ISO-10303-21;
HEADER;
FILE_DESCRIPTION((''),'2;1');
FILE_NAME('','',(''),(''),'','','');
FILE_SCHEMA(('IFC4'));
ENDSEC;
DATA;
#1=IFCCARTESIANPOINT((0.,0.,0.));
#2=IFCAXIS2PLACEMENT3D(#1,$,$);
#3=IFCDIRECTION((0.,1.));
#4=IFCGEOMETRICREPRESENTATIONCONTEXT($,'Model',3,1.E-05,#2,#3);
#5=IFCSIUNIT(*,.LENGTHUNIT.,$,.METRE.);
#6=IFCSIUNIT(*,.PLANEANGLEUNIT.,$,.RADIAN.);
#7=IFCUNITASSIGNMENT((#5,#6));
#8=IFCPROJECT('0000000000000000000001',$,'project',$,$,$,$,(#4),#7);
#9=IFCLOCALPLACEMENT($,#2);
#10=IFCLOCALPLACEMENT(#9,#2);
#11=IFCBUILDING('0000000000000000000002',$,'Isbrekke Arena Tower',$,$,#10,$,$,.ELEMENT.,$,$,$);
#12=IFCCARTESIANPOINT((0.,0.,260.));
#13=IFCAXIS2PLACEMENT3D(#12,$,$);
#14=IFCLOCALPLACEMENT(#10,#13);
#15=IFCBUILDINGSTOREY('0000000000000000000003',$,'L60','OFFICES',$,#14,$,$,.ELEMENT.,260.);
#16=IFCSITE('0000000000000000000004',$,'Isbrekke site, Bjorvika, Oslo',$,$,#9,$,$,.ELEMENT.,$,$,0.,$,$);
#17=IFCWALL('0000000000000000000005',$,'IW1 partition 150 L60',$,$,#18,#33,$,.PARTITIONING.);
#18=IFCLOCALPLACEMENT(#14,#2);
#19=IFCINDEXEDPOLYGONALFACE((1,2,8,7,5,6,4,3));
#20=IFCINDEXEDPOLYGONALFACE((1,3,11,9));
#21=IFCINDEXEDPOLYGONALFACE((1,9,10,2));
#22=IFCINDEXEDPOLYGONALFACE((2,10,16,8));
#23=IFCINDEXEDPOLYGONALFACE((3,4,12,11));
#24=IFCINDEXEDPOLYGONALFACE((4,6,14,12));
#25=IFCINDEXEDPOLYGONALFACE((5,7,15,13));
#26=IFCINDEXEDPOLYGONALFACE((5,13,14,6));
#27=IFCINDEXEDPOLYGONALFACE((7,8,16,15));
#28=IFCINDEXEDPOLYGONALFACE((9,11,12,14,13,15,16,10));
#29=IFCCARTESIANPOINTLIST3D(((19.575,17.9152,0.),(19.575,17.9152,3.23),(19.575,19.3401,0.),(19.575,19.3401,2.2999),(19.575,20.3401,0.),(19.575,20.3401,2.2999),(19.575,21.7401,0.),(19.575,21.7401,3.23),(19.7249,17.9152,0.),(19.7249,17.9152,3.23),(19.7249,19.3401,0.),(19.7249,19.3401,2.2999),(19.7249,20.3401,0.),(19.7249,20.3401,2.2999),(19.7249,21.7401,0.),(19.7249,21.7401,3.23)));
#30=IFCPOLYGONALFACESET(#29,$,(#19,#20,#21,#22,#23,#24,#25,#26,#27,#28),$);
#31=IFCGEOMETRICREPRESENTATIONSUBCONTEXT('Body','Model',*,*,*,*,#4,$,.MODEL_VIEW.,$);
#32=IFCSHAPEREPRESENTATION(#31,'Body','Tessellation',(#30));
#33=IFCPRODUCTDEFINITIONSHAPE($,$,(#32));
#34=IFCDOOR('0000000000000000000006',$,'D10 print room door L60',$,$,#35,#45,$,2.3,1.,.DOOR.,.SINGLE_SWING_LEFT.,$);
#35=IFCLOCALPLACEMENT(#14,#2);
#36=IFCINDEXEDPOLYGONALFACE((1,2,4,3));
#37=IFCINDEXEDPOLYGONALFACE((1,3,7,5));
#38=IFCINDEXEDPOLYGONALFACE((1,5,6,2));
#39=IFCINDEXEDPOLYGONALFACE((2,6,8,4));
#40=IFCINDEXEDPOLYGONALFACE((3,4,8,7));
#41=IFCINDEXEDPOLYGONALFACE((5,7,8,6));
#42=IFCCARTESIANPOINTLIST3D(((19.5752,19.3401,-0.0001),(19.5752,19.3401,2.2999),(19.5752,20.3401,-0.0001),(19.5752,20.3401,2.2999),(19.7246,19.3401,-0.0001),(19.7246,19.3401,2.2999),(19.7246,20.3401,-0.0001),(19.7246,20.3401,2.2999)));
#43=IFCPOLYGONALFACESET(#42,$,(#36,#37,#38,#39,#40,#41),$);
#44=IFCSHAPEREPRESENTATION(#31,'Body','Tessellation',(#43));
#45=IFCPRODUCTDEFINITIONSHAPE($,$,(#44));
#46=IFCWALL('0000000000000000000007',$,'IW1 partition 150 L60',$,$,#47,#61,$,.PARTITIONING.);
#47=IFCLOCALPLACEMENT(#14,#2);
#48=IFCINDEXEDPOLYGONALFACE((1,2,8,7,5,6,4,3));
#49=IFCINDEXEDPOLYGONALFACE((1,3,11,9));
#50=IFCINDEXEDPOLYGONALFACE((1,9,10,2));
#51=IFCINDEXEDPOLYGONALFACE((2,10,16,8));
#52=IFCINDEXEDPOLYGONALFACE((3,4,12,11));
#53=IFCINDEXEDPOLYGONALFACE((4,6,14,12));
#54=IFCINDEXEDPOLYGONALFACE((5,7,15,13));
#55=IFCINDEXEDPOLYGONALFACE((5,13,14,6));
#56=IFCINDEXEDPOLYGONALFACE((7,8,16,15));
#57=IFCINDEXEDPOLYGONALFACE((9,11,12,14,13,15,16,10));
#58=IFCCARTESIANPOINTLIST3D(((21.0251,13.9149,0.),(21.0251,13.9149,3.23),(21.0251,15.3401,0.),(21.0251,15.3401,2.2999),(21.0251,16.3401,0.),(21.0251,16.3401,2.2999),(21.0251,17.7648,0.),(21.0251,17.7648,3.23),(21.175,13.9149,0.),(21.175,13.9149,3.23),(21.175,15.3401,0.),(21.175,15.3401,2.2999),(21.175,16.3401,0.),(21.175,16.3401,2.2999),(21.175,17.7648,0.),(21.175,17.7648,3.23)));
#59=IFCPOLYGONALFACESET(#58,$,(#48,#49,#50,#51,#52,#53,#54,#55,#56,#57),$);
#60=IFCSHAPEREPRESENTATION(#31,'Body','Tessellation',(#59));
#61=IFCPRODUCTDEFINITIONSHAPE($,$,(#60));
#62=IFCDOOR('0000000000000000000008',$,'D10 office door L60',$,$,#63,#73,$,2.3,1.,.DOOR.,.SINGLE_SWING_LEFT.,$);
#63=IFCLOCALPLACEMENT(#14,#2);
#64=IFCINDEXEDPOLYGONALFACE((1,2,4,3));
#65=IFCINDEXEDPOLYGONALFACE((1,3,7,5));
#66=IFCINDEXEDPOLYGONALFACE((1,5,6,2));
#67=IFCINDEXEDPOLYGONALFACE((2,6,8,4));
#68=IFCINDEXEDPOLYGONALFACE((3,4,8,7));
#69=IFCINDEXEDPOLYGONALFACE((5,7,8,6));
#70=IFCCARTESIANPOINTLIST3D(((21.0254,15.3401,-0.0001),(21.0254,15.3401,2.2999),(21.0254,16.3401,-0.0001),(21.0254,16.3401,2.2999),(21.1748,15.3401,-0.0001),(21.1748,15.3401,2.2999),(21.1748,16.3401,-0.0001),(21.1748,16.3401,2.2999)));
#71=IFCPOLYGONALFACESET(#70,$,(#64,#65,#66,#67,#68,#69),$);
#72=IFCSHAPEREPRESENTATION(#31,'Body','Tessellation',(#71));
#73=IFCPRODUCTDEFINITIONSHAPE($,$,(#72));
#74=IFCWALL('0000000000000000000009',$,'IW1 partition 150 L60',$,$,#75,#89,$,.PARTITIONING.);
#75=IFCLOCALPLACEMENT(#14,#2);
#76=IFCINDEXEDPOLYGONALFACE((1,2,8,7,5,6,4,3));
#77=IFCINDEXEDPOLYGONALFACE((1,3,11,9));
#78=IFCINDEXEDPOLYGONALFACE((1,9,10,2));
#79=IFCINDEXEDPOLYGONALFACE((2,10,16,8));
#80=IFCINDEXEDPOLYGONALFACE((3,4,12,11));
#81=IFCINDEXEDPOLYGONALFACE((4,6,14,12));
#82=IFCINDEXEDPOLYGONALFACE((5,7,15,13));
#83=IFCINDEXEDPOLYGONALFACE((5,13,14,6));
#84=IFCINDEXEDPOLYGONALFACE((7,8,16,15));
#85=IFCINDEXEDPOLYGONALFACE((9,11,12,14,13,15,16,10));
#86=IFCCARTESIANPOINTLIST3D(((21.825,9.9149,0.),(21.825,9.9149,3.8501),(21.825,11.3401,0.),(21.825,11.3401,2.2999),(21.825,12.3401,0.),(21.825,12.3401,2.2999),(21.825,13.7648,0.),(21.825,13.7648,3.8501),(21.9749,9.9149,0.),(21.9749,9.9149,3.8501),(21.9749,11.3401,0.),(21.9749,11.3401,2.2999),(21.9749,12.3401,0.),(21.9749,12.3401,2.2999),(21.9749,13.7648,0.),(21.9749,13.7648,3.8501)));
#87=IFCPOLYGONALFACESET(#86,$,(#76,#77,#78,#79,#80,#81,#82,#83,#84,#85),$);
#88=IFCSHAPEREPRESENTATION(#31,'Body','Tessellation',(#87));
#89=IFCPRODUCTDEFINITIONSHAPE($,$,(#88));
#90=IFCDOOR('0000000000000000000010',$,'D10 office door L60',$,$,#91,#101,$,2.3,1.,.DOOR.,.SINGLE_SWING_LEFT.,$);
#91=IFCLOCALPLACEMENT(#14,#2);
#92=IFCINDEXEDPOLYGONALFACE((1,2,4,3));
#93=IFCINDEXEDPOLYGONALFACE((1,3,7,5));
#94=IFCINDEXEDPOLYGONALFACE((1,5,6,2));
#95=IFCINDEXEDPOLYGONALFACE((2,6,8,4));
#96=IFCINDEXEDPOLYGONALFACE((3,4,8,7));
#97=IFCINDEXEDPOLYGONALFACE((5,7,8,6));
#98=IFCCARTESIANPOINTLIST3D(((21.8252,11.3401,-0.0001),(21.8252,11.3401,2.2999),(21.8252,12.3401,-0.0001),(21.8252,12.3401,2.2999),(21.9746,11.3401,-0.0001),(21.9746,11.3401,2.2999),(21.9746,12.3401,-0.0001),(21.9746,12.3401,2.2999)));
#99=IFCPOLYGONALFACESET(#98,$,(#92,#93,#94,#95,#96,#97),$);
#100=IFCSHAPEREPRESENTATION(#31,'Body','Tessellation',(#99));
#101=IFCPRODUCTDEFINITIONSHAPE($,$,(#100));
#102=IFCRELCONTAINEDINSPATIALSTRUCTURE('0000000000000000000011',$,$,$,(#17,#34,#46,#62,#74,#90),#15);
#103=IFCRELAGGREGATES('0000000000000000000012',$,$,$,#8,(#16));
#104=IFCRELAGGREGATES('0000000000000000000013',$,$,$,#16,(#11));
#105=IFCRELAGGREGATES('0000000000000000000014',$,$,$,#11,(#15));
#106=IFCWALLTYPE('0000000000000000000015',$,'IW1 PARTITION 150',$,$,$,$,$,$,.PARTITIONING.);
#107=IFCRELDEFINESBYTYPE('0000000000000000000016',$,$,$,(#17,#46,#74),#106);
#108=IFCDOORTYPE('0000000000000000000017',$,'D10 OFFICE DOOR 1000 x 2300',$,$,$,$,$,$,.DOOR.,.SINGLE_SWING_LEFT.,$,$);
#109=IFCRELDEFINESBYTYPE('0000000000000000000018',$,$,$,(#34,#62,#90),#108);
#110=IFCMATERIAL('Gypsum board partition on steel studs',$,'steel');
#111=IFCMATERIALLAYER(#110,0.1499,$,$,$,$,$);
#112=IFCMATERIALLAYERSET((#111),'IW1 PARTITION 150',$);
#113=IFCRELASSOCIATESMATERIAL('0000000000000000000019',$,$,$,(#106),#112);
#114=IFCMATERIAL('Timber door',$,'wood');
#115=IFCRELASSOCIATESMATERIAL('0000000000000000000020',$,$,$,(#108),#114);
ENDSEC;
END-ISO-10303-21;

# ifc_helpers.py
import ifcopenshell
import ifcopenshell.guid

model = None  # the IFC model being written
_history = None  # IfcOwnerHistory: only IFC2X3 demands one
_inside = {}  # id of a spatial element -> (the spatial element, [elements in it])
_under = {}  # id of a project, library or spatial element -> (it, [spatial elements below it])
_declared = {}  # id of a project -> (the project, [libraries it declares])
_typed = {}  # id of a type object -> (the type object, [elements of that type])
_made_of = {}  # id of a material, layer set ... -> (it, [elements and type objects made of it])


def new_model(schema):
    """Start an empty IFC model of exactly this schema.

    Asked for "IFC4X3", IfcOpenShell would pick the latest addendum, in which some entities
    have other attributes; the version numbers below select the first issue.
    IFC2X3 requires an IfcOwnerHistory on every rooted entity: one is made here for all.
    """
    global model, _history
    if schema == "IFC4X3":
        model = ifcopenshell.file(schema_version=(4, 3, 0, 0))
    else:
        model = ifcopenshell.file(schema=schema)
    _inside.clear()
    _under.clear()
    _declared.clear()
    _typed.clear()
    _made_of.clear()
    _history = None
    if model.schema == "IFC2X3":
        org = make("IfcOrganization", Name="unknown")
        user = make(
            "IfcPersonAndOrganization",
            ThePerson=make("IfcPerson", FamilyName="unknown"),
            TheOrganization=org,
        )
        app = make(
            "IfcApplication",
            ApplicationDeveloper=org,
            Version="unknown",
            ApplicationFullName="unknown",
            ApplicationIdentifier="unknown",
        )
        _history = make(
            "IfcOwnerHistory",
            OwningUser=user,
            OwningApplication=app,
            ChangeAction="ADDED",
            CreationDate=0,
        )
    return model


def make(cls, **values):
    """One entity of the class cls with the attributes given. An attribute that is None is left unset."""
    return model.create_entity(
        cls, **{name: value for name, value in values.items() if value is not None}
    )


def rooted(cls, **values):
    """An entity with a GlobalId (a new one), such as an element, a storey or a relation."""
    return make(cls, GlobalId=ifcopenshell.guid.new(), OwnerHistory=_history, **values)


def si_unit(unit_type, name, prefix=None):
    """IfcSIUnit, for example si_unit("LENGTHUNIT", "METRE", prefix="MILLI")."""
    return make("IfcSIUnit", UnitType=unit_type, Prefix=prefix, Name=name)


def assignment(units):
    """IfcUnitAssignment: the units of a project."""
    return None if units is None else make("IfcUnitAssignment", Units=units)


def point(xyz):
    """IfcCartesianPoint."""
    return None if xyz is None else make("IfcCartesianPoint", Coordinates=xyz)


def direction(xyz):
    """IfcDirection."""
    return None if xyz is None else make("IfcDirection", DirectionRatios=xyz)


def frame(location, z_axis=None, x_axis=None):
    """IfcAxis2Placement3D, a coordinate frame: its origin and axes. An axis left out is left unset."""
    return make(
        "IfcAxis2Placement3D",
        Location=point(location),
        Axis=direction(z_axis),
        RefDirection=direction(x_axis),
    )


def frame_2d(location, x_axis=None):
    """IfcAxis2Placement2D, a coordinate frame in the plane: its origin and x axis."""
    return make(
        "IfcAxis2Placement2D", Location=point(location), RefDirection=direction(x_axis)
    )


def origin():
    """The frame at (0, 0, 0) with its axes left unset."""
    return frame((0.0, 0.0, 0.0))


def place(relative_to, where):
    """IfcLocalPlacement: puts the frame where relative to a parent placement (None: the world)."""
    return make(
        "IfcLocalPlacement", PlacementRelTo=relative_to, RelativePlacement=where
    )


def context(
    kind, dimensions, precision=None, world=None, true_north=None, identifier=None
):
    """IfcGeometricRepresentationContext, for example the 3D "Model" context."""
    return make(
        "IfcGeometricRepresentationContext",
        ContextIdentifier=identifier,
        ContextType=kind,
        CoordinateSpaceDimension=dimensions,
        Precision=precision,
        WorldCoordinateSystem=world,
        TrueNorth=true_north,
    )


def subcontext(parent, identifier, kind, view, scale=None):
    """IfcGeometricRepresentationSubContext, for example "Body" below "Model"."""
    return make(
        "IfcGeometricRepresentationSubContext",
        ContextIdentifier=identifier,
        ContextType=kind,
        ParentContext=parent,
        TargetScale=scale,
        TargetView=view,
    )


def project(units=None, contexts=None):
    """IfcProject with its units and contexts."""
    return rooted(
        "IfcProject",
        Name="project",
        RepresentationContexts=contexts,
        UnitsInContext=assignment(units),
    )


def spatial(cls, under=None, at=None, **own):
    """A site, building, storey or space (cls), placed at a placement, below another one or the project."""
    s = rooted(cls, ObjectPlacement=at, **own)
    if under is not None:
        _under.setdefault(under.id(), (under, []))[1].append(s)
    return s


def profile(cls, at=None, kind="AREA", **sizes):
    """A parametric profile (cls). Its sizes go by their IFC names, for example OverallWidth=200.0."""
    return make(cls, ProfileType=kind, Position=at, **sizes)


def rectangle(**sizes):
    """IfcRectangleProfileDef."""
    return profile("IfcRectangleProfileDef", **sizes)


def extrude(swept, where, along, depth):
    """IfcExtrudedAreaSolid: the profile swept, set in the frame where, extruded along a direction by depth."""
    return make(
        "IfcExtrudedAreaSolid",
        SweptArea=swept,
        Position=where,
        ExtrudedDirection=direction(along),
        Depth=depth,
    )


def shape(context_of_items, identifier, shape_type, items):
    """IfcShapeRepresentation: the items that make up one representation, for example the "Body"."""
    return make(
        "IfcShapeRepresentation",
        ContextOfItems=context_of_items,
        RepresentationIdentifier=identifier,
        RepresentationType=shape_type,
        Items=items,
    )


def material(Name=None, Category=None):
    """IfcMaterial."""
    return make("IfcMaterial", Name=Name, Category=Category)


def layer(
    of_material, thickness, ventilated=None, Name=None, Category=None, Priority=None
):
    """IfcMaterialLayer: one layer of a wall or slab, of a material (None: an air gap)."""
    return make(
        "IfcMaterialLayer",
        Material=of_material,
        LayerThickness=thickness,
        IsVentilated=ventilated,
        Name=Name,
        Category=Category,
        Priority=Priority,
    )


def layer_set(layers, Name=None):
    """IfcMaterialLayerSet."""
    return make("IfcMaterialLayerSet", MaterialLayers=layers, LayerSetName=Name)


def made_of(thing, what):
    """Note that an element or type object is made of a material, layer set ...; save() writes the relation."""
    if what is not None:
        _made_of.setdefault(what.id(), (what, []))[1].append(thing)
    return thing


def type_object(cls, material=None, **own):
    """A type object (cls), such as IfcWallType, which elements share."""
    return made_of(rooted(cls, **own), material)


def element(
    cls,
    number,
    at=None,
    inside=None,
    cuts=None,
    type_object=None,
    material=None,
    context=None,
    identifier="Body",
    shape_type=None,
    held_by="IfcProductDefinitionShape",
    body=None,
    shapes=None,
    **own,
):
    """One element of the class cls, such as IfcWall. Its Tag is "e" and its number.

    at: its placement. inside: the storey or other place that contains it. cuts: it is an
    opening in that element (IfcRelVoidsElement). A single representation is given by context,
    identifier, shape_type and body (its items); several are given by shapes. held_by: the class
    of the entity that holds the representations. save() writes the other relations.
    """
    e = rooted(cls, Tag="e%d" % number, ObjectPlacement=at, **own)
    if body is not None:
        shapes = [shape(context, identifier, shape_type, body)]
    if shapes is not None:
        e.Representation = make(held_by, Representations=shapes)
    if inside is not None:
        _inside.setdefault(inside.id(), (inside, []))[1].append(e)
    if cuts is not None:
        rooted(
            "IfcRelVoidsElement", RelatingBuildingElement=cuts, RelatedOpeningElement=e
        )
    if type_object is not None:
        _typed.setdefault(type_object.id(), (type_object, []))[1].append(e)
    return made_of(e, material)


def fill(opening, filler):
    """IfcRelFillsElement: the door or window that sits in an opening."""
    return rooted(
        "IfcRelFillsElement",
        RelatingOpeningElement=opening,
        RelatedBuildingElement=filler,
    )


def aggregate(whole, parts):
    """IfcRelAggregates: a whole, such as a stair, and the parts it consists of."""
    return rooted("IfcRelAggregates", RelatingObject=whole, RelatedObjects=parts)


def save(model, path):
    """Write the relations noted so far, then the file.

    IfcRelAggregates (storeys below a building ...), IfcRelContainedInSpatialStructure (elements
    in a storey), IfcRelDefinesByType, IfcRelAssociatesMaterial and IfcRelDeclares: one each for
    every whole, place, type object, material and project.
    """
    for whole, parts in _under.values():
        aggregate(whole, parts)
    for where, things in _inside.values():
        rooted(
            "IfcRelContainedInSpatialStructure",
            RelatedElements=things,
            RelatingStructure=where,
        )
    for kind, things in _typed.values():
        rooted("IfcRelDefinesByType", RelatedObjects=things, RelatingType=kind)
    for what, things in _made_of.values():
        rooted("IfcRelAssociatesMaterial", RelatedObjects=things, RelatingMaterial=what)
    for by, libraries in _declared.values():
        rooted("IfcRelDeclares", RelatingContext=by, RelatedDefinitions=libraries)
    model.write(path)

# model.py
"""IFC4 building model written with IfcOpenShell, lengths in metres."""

from ifc_helpers import new_model, si_unit, direction, frame, frame_2d, origin, place, context, subcontext, project, spatial, rectangle, extrude, material, layer, layer_set, type_object, element, fill, save


model = new_model("IFC4")

# Units and contexts
model_context = context("Model", 3, precision=1e-05, world=origin(), true_north=direction((0.0, 1.0)))
body_context = subcontext(model_context, "Body", "Model", "MODEL_VIEW")
ifc_project = project(units=[si_unit("LENGTHUNIT", "METRE"), si_unit("PLANEANGLEUNIT", "RADIAN")], contexts=[model_context])

# Site, building, storey
site_placement = place(None, origin())
site = spatial("IfcSite", under=ifc_project, at=site_placement, Name="Isbrekke site, Bjorvika, Oslo", CompositionType="ELEMENT", RefElevation=0.0)
building_placement = place(site_placement, origin())
building = spatial("IfcBuilding", under=site, at=building_placement, Name="Isbrekke Arena Tower", CompositionType="ELEMENT")
storey_placement = place(building_placement, frame((0.0, 0.0, 260.0)))
storey = spatial("IfcBuildingStorey", under=building, at=storey_placement, Name="L60", Description="OFFICES", CompositionType="ELEMENT", Elevation=260.0)

# Shared definitions
ifc_material_1 = material(Name="Gypsum board partition on steel studs", Category="steel")
ifc_layer_1 = layer(ifc_material_1, 0.1499)
ifc_layer_set_1 = layer_set([ifc_layer_1], Name="IW1 PARTITION 150")
wall_type = type_object("IfcWallType", Name="IW1 PARTITION 150", PredefinedType="PARTITIONING", material=ifc_layer_set_1)

# Walls, openings, doors
wall_1_placement = place(storey_placement, frame((19.6499, 17.915, 0.0), z_axis=(0.0, 0.0, 1.0), x_axis=(0.0, 1.0, 0.0)))
wall_1 = element("IfcWall", 1, at=wall_1_placement, inside=storey, type_object=wall_type, Name="IW1 partition 150 L60", PredefinedType="PARTITIONING", context=body_context, shape_type="SweptSolid", body=[
    extrude(rectangle(XDim=3.825, YDim=0.1499, at=frame_2d((1.9126, 0.0))), origin(), (0.0, 0.0, 1.0), 3.23),
])
opening_1_placement = place(wall_1_placement, frame((1.425, 0.0, 0.0)))
opening_1 = element("IfcOpeningElement", 2, at=opening_1_placement, cuts=wall_1, PredefinedType="OPENING", context=body_context, shape_type="SweptSolid", body=[
    extrude(rectangle(XDim=1.0, YDim=2.3, at=frame_2d((0.5, 1.1499))), frame((0.0, 0.0898, 0.0), z_axis=(0.0, -1.0, 0.0), x_axis=(1.0, 0.0, 0.0)), (0.0, 0.0, 1.0), 0.1797),
])
ifc_material_2 = material(Name="Timber door", Category="wood")
door_type = type_object("IfcDoorType", Name="D10 OFFICE DOOR 1000 x 2300", OperationType="SINGLE_SWING_LEFT", PredefinedType="DOOR", material=ifc_material_2)
door_1_placement = place(opening_1_placement, origin())
door_1 = element("IfcDoor", 3, at=door_1_placement, inside=storey, type_object=door_type, Name="D10 print room door L60", OperationType="SINGLE_SWING_LEFT", OverallHeight=2.3, OverallWidth=1.0, PredefinedType="DOOR", context=body_context, shape_type="SweptSolid", body=[
    extrude(rectangle(XDim=1.0, YDim=2.3, at=frame_2d((0.5, 1.1499))), frame((0.0, 0.0747, 0.0), z_axis=(0.0, -1.0, 0.0), x_axis=(1.0, 0.0, 0.0)), (0.0, 0.0, 1.0), 0.1494),
])
fill(opening_1, door_1)
wall_2_placement = place(storey_placement, frame((21.1001, 13.915, 0.0), z_axis=(0.0, 0.0, 1.0), x_axis=(0.0, 1.0, 0.0)))
wall_2 = element("IfcWall", 4, at=wall_2_placement, inside=storey, type_object=wall_type, Name="IW1 partition 150 L60", PredefinedType="PARTITIONING", context=body_context, shape_type="SweptSolid", body=[
    extrude(rectangle(XDim=3.8499, YDim=0.1499, at=frame_2d((1.9248, 0.0))), origin(), (0.0, 0.0, 1.0), 3.23),
])
opening_2_placement = place(wall_2_placement, frame((1.425, 0.0, 0.0)))
opening_2 = element("IfcOpeningElement", 5, at=opening_2_placement, cuts=wall_2, PredefinedType="OPENING", context=body_context, shape_type="SweptSolid", body=[
    extrude(rectangle(XDim=1.0, YDim=2.3, at=frame_2d((0.5, 1.1499))), frame((0.0, 0.0898, 0.0), z_axis=(0.0, -1.0, 0.0), x_axis=(1.0, 0.0, 0.0)), (0.0, 0.0, 1.0), 0.1797),
])
door_2_placement = place(opening_2_placement, origin())
door_2 = element("IfcDoor", 6, at=door_2_placement, inside=storey, type_object=door_type, Name="D10 office door L60", OperationType="SINGLE_SWING_LEFT", OverallHeight=2.3, OverallWidth=1.0, PredefinedType="DOOR", context=body_context, shape_type="SweptSolid", body=[
    extrude(rectangle(XDim=1.0, YDim=2.3, at=frame_2d((0.5, 1.1499))), frame((0.0, 0.0747, 0.0), z_axis=(0.0, -1.0, 0.0), x_axis=(1.0, 0.0, 0.0)), (0.0, 0.0, 1.0), 0.1494),
])
fill(opening_2, door_2)
wall_3_placement = place(storey_placement, frame((21.8999, 9.915, 0.0), z_axis=(0.0, 0.0, 1.0), x_axis=(0.0, 1.0, 0.0)))
wall_3 = element("IfcWall", 7, at=wall_3_placement, inside=storey, type_object=wall_type, Name="IW1 partition 150 L60", PredefinedType="PARTITIONING", context=body_context, shape_type="SweptSolid", body=[
    extrude(rectangle(XDim=3.8499, YDim=0.1499, at=frame_2d((1.9248, 0.0))), origin(), (0.0, 0.0, 1.0), 3.8501),
])
opening_3_placement = place(wall_3_placement, frame((1.425, 0.0, 0.0)))
opening_3 = element("IfcOpeningElement", 8, at=opening_3_placement, cuts=wall_3, PredefinedType="OPENING", context=body_context, shape_type="SweptSolid", body=[
    extrude(rectangle(XDim=1.0, YDim=2.3, at=frame_2d((0.5, 1.1499))), frame((0.0, 0.0898, 0.0), z_axis=(0.0, -1.0, 0.0), x_axis=(1.0, 0.0, 0.0)), (0.0, 0.0, 1.0), 0.1797),
])
door_3_placement = place(opening_3_placement, origin())
door_3 = element("IfcDoor", 9, at=door_3_placement, inside=storey, type_object=door_type, Name="D10 office door L60", OperationType="SINGLE_SWING_LEFT", OverallHeight=2.3, OverallWidth=1.0, PredefinedType="DOOR", context=body_context, shape_type="SweptSolid", body=[
    extrude(rectangle(XDim=1.0, YDim=2.3, at=frame_2d((0.5, 1.1499))), frame((0.0, 0.0747, 0.0), z_axis=(0.0, -1.0, 0.0), x_axis=(1.0, 0.0, 0.0)), (0.0, 0.0, 1.0), 0.1494),
])
fill(opening_3, door_3)

save(model, "model.ifc")
